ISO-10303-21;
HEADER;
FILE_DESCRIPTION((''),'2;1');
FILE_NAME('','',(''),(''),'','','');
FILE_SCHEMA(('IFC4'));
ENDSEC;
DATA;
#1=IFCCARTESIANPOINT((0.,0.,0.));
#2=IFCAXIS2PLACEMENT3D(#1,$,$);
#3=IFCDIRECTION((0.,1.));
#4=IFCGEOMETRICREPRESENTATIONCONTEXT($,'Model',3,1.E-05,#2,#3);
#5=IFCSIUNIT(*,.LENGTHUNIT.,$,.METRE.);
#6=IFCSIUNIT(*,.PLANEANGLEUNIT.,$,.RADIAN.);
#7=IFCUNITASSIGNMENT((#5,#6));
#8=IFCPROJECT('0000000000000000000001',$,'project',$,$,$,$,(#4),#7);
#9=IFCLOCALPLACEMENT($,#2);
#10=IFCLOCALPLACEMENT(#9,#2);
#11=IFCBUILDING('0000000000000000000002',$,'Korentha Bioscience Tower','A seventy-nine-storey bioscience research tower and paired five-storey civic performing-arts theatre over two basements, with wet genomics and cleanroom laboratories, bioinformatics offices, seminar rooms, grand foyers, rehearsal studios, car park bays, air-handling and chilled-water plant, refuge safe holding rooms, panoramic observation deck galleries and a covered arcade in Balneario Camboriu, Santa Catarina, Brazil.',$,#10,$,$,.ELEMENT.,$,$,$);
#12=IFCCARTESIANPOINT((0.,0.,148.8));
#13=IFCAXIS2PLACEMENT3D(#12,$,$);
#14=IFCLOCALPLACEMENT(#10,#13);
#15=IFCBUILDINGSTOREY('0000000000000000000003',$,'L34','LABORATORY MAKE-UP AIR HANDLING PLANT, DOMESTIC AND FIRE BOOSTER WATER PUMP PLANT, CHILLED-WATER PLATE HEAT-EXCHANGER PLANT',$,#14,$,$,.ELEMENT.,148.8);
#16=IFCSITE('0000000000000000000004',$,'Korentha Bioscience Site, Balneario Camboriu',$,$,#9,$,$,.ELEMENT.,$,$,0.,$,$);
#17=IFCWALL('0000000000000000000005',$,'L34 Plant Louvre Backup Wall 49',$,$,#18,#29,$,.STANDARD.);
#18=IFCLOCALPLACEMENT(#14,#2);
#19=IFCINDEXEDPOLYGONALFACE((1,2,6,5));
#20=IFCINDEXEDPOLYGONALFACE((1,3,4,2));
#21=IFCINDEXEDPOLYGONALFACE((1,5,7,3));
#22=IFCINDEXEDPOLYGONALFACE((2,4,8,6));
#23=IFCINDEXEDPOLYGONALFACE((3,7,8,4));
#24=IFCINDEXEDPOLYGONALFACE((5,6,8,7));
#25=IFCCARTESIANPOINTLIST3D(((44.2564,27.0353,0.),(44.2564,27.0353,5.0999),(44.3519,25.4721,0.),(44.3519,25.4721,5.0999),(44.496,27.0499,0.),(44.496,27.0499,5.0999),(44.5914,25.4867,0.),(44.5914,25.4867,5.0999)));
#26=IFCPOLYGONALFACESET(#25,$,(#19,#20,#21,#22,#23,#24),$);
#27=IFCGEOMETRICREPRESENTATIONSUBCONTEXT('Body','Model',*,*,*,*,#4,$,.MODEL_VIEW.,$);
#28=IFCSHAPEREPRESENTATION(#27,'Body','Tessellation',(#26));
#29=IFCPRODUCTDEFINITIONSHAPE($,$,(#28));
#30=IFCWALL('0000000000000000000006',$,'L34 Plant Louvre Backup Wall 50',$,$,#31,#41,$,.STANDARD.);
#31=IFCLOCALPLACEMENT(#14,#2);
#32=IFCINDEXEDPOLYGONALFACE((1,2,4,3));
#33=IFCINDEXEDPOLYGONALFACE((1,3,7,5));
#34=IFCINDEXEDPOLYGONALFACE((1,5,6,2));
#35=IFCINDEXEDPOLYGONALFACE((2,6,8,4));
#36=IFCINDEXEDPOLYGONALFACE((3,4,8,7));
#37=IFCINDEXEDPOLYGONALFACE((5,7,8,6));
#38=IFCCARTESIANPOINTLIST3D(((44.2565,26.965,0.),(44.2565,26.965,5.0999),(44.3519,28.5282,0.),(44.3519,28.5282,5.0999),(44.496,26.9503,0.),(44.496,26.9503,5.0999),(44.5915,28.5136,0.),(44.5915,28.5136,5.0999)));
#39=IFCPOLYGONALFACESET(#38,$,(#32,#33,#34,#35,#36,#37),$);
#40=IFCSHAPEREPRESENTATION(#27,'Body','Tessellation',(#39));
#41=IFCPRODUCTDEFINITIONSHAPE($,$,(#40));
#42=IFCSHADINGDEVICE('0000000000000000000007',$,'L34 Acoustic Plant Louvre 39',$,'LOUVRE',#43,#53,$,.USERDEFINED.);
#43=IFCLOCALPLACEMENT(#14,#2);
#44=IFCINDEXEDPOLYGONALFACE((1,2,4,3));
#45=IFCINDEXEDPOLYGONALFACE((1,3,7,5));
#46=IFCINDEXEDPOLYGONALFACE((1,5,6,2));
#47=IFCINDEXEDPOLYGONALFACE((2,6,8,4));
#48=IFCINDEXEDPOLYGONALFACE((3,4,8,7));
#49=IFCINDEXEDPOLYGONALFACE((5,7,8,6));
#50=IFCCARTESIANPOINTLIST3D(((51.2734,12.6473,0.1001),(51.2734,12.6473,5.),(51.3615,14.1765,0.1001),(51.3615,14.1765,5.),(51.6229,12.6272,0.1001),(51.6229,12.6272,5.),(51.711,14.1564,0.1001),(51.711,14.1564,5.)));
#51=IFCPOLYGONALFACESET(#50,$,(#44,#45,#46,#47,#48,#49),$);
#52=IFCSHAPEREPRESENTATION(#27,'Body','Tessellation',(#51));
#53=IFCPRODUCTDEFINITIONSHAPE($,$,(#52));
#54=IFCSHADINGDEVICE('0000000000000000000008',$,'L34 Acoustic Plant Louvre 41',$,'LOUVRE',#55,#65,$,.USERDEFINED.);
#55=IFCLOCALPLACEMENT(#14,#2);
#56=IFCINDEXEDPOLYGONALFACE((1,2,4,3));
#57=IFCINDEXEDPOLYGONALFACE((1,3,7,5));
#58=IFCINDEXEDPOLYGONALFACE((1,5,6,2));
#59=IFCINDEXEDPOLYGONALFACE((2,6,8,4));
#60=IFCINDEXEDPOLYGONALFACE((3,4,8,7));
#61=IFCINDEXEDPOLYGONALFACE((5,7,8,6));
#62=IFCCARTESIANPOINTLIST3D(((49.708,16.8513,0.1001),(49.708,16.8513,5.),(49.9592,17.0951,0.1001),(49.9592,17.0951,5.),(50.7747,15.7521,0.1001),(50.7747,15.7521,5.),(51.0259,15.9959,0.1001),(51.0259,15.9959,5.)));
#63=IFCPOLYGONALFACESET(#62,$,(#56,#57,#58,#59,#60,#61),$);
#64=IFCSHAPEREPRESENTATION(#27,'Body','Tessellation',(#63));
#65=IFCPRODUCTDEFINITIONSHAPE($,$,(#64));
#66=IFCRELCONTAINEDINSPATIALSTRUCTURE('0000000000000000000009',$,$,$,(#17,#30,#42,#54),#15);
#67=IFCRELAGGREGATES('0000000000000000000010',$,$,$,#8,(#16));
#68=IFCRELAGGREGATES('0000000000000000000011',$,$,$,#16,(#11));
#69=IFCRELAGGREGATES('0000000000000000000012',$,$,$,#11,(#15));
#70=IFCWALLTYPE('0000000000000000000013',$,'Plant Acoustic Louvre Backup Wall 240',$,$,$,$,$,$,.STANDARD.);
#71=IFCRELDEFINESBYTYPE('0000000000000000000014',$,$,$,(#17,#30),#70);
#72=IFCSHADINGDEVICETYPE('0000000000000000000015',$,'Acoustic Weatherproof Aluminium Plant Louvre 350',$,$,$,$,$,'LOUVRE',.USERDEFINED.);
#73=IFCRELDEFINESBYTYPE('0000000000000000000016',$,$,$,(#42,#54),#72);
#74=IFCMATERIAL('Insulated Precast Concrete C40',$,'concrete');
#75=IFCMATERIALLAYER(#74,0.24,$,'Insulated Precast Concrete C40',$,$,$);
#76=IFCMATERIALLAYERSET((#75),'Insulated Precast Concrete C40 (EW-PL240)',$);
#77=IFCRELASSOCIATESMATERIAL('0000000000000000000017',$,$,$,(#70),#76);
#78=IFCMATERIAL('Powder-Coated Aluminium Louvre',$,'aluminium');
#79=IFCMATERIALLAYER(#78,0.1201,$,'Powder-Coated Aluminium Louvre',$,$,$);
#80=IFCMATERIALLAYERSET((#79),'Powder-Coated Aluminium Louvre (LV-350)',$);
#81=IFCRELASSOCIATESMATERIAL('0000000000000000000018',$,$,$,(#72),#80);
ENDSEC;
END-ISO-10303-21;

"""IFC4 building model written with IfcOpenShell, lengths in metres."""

from ifc_helpers import new_model, si_unit, direction, frame, frame_2d, origin, origin_2d, place, context, subcontext, project, spatial, rectangle, extrude, material, layer, layer_set, type_object, element, save


model = new_model("IFC4")

# Units and contexts
model_context = context("Model", 3, precision=1e-05, world=origin(), true_north=direction((0.0, 1.0)))
body_context = subcontext(model_context, "Body", "Model", "MODEL_VIEW")
ifc_project = project(units=[si_unit("LENGTHUNIT", "METRE"), si_unit("PLANEANGLEUNIT", "RADIAN")], contexts=[model_context])

# Site, building, storey
site_placement = place(None, origin())
site = spatial("IfcSite", under=ifc_project, at=site_placement, Name="Korentha Bioscience Site, Balneario Camboriu", CompositionType="ELEMENT", RefElevation=0.0)
building_placement = place(site_placement, origin())
building = spatial("IfcBuilding", under=site, at=building_placement, Name="Korentha Bioscience Tower", Description="A seventy-nine-storey bioscience research tower and paired five-storey civic performing-arts theatre over two basements, with wet genomics and cleanroom laboratories, bioinformatics offices, seminar rooms, grand foyers, rehearsal studios, car park bays, air-handling and chilled-water plant, refuge safe holding rooms, panoramic observation deck galleries and a covered arcade in Balneario Camboriu, Santa Catarina, Brazil.", CompositionType="ELEMENT")
storey_placement = place(building_placement, frame((0.0, 0.0, 148.8)))
storey = spatial("IfcBuildingStorey", under=building, at=storey_placement, Name="L34", Description="LABORATORY MAKE-UP AIR HANDLING PLANT, DOMESTIC AND FIRE BOOSTER WATER PUMP PLANT, CHILLED-WATER PLATE HEAT-EXCHANGER PLANT", CompositionType="ELEMENT", Elevation=148.8)

# Walls
ifc_material_1 = material(Name="Insulated Precast Concrete C40", Category="concrete")
ifc_layer_1 = layer(ifc_material_1, 0.24, Name="Insulated Precast Concrete C40")
ifc_layer_set_1 = layer_set([ifc_layer_1], Name="Insulated Precast Concrete C40 (EW-PL240)")
wall_type = type_object("IfcWallType", Name="Plant Acoustic Louvre Backup Wall 240", PredefinedType="STANDARD", material=ifc_layer_set_1)
for number, where, z_axis, x_axis, name in (
    (1, (44.4717, 25.4792, 0.0), (0.0, 0.0, 1.0), (-0.060952, 0.998141, 0.0), "L34 Plant Louvre Backup Wall 49"),
    (2, (44.3762, 26.9575, 0.0), (0.0, 0.0, 1.0), (0.060952, 0.998141, 0.0), "L34 Plant Louvre Backup Wall 50"),
):
    element("IfcWall", number, at=place(storey_placement, frame(where, z_axis=z_axis, x_axis=x_axis)), inside=storey, type_object=wall_type, Name=name, PredefinedType="STANDARD", context=body_context, shape_type="SweptSolid", body=[
        extrude(rectangle(XDim=1.5662, YDim=0.24, at=frame_2d((0.7832, 0.0))), origin(), (0.0, 0.0, 1.0), 5.0999),
    ])

# Shading devices
ifc_material_2 = material(Name="Powder-Coated Aluminium Louvre", Category="aluminium")
ifc_layer_2 = layer(ifc_material_2, 0.1201, Name="Powder-Coated Aluminium Louvre")
ifc_layer_set_2 = layer_set([ifc_layer_2], Name="Powder-Coated Aluminium Louvre (LV-350)")
shading_device_type = type_object("IfcShadingDeviceType", Name="Acoustic Weatherproof Aluminium Plant Louvre 350", ElementType="LOUVRE", PredefinedType="USERDEFINED", material=ifc_layer_set_2)
for number, where, z_axis, x_axis, name in (
    (3, (51.4922, 13.4019, 0.1001), (0.0, 0.0, 1.0), (0.057513, 0.998345, 0.0), "L34 Acoustic Plant Louvre 39"),
    (4, (50.3669, 16.4236, 0.1001), (0.0, 0.0, 1.0), (-0.696417, 0.717637, 0.0), "L34 Acoustic Plant Louvre 41"),
):
    element("IfcShadingDevice", number, at=place(storey_placement, frame(where, z_axis=z_axis, x_axis=x_axis)), inside=storey, type_object=shading_device_type, Name=name, ObjectType="LOUVRE", PredefinedType="USERDEFINED", context=body_context, shape_type="SweptSolid", body=[
        extrude(rectangle(XDim=1.5317, YDim=0.3501, at=origin_2d()), origin(), (0.0, 0.0, 1.0), 4.8999),
    ])

save(model, "model.ifc")
